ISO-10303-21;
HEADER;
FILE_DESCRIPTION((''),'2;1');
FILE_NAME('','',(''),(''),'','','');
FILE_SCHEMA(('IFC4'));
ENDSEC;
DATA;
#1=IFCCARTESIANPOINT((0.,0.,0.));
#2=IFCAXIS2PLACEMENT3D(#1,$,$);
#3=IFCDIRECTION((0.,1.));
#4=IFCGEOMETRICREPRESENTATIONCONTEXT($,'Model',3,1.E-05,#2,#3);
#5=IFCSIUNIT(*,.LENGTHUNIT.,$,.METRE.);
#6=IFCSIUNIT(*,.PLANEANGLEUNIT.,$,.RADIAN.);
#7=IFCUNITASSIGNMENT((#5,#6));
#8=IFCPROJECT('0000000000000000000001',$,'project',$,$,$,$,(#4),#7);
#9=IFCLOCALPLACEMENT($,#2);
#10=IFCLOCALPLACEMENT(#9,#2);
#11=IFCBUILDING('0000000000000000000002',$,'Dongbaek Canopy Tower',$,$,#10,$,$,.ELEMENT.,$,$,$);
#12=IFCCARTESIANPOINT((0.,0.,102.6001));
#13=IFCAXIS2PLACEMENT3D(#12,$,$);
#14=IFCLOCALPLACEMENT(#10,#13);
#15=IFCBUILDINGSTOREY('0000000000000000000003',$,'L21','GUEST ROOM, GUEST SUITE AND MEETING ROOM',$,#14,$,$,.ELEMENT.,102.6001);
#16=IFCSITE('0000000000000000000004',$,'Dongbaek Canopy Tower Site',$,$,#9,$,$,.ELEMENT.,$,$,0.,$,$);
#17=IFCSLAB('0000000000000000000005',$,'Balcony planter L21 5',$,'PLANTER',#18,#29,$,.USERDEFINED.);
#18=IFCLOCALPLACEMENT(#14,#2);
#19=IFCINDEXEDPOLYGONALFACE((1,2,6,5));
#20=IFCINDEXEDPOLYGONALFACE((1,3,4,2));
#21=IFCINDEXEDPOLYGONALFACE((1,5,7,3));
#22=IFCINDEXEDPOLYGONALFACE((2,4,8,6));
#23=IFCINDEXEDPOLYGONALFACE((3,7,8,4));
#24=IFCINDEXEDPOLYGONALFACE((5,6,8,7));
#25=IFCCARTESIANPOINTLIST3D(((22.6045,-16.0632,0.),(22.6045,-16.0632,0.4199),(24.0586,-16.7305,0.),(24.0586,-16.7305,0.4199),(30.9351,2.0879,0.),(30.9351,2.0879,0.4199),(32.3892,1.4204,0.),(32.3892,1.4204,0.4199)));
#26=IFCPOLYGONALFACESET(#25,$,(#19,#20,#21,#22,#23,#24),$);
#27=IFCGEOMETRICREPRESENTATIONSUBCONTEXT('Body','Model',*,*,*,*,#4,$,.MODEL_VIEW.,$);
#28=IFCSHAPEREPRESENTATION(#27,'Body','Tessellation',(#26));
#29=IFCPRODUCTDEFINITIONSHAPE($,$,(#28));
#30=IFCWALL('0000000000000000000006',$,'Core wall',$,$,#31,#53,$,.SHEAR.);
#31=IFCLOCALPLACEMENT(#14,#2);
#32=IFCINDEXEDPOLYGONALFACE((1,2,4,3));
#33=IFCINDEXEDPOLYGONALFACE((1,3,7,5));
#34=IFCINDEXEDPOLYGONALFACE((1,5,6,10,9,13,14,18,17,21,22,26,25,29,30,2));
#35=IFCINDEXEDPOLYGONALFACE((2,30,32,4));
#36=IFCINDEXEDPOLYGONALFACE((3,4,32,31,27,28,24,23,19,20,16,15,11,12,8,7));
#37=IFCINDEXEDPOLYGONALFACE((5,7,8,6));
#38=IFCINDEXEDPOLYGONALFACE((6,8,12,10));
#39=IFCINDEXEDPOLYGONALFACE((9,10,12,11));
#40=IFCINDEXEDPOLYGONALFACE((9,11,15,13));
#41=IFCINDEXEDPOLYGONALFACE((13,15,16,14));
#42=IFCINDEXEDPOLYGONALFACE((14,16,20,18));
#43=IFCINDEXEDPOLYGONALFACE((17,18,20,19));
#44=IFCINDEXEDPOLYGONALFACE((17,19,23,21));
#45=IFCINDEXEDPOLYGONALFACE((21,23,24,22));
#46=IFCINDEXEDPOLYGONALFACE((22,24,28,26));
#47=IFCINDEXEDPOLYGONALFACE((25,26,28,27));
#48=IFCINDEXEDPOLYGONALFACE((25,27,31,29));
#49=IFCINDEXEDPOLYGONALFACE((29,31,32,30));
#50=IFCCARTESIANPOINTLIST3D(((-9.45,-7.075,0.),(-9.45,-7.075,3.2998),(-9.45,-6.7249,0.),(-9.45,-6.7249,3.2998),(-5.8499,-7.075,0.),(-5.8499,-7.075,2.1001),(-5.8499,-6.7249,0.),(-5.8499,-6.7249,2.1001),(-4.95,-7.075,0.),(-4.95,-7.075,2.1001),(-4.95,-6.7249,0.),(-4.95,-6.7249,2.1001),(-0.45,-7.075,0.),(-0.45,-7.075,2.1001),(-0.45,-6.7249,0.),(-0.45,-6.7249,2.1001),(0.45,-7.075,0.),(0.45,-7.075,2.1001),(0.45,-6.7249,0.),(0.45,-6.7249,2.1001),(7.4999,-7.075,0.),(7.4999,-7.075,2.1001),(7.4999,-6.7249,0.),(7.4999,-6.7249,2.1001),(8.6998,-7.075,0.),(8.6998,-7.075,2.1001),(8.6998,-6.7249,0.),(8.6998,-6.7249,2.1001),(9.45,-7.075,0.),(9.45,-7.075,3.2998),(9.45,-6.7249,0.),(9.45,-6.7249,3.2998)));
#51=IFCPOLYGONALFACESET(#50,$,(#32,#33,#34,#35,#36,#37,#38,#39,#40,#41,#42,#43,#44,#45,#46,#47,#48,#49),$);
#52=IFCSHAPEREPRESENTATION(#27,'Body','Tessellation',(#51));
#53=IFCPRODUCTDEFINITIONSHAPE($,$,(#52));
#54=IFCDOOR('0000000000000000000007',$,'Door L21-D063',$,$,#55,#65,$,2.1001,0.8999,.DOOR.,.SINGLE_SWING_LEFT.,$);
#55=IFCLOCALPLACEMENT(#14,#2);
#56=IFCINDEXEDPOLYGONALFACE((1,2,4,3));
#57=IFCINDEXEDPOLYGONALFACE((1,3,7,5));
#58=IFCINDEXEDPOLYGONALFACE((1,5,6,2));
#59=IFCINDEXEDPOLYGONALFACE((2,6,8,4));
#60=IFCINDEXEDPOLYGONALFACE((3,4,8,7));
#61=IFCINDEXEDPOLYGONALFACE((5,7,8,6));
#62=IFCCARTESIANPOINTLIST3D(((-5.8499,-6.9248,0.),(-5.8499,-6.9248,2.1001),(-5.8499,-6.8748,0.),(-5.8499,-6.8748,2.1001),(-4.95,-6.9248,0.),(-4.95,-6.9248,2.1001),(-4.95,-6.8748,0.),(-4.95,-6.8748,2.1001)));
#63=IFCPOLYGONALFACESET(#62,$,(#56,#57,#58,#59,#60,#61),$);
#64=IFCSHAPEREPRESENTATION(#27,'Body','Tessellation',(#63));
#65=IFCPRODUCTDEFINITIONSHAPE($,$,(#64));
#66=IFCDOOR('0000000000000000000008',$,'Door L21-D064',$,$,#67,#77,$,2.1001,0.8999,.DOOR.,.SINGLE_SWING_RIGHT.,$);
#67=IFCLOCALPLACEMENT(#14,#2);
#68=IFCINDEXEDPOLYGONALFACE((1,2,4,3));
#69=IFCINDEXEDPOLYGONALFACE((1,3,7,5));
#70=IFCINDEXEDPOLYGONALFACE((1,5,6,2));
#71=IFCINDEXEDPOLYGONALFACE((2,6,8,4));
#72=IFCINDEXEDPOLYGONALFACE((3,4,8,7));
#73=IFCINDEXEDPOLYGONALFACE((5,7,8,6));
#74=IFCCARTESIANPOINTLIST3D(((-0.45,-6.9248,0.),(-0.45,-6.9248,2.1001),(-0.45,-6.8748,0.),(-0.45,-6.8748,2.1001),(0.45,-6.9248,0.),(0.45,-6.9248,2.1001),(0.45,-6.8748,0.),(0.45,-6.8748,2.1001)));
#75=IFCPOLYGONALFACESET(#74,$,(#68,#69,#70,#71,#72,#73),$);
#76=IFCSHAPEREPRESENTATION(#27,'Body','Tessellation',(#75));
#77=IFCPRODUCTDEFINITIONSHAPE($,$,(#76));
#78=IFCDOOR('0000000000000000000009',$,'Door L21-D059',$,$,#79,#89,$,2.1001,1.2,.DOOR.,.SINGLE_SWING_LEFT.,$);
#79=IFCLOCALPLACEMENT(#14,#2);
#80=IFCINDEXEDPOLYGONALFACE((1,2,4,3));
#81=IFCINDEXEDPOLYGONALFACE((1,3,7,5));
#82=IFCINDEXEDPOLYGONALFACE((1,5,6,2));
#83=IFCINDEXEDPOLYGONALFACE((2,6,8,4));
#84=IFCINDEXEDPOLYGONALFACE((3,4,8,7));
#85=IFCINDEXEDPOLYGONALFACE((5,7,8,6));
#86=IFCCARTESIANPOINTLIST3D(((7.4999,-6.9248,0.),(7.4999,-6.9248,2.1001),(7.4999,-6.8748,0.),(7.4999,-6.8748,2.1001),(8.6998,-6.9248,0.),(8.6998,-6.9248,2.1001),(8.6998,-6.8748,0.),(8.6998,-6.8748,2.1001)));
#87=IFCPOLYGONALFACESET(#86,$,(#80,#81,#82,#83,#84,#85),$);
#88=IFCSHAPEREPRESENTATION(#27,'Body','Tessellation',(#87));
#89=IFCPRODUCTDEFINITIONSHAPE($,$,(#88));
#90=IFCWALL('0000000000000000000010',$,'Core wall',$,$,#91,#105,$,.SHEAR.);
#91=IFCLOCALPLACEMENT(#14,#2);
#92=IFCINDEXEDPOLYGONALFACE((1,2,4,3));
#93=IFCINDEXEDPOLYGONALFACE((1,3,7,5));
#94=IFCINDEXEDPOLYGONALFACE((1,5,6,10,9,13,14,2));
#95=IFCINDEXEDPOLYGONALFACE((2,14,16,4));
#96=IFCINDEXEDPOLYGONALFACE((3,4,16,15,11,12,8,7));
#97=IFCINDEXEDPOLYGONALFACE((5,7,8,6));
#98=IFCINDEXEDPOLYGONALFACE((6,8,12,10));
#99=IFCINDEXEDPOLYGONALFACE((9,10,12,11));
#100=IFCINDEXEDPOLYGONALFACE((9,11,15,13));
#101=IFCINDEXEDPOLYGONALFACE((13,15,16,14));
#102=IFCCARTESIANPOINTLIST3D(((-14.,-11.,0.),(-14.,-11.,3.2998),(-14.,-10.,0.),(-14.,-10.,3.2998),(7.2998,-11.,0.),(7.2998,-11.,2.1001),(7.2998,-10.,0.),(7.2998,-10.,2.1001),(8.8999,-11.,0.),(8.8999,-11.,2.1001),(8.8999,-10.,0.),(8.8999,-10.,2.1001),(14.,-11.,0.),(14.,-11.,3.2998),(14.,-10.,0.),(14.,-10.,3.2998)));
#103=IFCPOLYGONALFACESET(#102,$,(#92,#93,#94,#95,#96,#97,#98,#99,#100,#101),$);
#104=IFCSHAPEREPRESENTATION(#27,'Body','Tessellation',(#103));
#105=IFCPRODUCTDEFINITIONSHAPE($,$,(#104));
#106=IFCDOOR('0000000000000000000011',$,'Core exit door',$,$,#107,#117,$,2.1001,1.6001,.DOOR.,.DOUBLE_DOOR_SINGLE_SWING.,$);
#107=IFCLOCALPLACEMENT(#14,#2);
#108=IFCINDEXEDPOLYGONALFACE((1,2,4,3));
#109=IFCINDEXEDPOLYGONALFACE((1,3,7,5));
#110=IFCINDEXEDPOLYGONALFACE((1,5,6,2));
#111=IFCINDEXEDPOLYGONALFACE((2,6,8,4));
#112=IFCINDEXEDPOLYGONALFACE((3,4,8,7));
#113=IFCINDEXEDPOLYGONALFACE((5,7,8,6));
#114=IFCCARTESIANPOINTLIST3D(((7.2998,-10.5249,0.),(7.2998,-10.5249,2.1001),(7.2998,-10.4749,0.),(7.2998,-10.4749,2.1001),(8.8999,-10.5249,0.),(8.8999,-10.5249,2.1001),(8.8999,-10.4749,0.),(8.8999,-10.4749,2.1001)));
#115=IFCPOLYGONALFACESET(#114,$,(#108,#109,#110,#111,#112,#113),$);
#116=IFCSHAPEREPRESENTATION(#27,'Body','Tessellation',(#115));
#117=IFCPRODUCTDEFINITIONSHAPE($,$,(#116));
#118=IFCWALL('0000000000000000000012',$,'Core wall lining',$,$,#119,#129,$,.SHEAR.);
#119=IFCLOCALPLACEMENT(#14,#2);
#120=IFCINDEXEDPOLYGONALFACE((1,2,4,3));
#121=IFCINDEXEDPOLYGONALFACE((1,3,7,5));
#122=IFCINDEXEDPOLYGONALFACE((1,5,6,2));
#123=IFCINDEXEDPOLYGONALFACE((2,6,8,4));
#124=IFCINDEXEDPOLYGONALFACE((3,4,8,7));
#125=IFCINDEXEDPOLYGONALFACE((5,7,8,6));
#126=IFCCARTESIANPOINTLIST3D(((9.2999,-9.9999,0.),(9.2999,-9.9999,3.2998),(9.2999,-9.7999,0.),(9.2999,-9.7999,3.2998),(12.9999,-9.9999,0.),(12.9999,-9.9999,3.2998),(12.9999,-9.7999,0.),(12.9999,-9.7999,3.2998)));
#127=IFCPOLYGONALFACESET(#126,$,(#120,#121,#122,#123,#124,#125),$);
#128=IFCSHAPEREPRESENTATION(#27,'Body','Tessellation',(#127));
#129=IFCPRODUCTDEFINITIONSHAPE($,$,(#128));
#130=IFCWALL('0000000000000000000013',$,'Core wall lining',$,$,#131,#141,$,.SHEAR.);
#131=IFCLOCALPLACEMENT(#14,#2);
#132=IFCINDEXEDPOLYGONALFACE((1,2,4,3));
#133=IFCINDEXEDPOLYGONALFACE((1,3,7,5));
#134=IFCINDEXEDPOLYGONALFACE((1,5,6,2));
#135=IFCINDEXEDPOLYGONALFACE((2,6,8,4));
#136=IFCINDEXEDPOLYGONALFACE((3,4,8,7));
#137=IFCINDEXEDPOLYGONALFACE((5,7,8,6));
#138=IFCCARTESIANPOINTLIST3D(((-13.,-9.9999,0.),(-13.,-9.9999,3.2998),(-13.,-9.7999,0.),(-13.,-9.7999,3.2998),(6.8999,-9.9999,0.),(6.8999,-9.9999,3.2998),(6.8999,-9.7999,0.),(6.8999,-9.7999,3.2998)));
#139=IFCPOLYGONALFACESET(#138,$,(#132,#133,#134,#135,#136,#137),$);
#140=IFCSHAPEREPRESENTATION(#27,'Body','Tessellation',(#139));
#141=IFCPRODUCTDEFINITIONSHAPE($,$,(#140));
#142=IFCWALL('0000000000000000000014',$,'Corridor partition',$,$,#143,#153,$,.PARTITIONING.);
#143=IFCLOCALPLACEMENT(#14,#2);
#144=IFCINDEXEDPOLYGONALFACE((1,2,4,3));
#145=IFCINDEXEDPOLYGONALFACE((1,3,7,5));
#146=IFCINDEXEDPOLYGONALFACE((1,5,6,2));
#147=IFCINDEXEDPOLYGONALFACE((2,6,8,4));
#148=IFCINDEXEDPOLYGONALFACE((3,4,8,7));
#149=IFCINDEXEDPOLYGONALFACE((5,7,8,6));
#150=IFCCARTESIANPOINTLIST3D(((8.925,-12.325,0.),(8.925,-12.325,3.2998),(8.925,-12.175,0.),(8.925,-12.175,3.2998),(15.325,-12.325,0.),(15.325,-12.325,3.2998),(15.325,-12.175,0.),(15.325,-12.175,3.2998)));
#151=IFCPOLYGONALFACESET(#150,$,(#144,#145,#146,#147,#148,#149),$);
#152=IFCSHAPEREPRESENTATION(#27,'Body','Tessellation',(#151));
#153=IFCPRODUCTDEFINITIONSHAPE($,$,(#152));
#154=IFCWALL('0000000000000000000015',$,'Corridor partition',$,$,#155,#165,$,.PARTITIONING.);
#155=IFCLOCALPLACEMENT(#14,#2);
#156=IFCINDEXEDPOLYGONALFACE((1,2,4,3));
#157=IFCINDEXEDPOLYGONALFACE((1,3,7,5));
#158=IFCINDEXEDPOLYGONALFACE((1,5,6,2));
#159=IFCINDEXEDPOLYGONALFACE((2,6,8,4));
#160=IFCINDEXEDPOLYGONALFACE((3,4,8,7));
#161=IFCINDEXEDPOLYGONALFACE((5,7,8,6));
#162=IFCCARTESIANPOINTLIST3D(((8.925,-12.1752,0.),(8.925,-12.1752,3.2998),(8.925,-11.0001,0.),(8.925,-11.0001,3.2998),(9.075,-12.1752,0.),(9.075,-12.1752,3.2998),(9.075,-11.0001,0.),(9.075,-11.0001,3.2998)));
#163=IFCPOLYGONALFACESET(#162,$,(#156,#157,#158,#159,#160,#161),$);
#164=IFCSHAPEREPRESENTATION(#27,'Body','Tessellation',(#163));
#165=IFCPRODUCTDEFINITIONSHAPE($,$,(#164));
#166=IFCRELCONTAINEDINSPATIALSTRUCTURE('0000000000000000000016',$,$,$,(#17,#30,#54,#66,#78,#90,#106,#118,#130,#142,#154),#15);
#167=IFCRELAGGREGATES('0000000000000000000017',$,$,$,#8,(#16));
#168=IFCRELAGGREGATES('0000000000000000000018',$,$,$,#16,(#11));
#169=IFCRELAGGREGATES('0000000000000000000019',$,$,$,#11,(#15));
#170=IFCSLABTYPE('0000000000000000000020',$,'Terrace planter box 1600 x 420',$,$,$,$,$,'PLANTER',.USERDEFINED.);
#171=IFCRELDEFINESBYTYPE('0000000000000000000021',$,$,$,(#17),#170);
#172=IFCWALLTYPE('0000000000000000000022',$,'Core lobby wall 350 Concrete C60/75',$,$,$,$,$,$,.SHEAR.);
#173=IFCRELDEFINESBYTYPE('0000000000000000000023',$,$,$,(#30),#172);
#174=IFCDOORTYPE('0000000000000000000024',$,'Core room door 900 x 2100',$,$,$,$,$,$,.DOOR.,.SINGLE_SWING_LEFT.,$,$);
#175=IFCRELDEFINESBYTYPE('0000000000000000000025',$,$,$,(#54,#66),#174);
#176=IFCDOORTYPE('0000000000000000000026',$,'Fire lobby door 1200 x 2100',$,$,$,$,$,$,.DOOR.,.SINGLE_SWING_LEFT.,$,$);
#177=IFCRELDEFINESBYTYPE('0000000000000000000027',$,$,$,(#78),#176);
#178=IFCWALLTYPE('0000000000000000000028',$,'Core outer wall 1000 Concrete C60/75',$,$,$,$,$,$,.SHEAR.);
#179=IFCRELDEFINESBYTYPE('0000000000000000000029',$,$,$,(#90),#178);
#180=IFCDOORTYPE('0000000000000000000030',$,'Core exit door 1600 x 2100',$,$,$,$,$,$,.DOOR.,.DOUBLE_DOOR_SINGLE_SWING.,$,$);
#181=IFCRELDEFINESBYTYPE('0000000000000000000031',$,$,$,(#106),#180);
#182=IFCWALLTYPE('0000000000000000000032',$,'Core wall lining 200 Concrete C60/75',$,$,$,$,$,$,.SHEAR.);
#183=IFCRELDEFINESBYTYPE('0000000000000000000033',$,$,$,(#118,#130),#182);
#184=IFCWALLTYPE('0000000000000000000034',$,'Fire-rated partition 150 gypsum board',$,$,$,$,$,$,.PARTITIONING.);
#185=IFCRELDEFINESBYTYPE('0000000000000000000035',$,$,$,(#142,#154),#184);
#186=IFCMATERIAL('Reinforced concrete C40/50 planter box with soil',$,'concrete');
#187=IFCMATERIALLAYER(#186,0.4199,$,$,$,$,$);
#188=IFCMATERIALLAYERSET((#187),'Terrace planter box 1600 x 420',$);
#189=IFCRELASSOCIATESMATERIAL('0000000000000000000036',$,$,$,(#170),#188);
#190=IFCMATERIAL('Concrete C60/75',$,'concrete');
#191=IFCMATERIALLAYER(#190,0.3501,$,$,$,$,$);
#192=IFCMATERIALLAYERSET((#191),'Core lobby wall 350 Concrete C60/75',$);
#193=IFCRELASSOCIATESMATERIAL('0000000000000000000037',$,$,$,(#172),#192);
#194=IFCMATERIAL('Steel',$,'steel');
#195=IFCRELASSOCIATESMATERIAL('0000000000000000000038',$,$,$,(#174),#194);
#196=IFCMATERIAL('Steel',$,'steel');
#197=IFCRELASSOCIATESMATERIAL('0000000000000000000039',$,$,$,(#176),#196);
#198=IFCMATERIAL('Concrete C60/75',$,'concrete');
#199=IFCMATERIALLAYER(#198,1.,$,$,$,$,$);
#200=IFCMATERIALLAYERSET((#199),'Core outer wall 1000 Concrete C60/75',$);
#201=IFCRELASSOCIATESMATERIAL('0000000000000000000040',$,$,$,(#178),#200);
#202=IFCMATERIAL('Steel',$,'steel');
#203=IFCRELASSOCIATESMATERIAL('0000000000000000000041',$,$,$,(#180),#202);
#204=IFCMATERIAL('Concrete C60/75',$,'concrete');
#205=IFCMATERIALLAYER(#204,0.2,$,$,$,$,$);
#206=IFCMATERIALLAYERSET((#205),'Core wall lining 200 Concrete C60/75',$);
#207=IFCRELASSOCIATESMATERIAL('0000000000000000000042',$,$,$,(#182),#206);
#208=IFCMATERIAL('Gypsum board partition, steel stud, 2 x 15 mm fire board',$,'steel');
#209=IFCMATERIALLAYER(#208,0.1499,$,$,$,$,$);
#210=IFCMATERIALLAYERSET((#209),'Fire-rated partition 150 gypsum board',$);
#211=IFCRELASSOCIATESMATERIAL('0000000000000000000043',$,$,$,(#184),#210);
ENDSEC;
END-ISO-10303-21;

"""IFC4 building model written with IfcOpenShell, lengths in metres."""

from ifc_helpers import new_model, si_unit, direction, frame, frame_2d, origin, place, context, subcontext, project, spatial, polyline, rectangle, outline, extrude, material, layer, layer_set, type_object, element, fill, save


model = new_model("IFC4")

# Units and contexts
model_context = context("Model", 3, precision=1e-05, world=origin(), true_north=direction((0.0, 1.0)))
body_context = subcontext(model_context, "Body", "Model", "MODEL_VIEW")
ifc_project = project(units=[si_unit("LENGTHUNIT", "METRE"), si_unit("PLANEANGLEUNIT", "RADIAN")], contexts=[model_context])

# Site, building, storey
site_placement = place(None, origin())
site = spatial("IfcSite", under=ifc_project, at=site_placement, Name="Dongbaek Canopy Tower Site", CompositionType="ELEMENT", RefElevation=0.0)
building_placement = place(site_placement, origin())
building = spatial("IfcBuilding", under=site, at=building_placement, Name="Dongbaek Canopy Tower", CompositionType="ELEMENT")
storey_placement = place(building_placement, frame((0.0, 0.0, 102.6001)))
storey = spatial("IfcBuildingStorey", under=building, at=storey_placement, Name="L21", Description="GUEST ROOM, GUEST SUITE AND MEETING ROOM", CompositionType="ELEMENT", Elevation=102.6001)

# Slab
ifc_material_1 = material(Name="Reinforced concrete C40/50 planter box with soil", Category="concrete")
ifc_layer_1 = layer(ifc_material_1, 0.4199)
ifc_layer_set_1 = layer_set([ifc_layer_1], Name="Terrace planter box 1600 x 420")
slab_type = type_object("IfcSlabType", Name="Terrace planter box 1600 x 420", ElementType="PLANTER", PredefinedType="USERDEFINED", material=ifc_layer_set_1)
slab_placement = place(storey_placement, origin())
element("IfcSlab", 1, at=slab_placement, inside=storey, type_object=slab_type, Name="Balcony planter L21 5", ObjectType="PLANTER", PredefinedType="USERDEFINED", context=body_context, shape_type="SweptSolid", body=[
    extrude(outline(polyline([(22.6045, -16.0632), (30.9351, 2.0879), (32.3892, 1.4204), (24.0586, -16.7305), (22.6045, -16.0632)])), origin(), (0.0, 0.0, 1.0), 0.4199),
])

# Wall, openings, doors
ifc_material_2 = material(Name="Concrete C60/75", Category="concrete")
ifc_layer_2 = layer(ifc_material_2, 0.3501)
ifc_layer_set_2 = layer_set([ifc_layer_2], Name="Core lobby wall 350 Concrete C60/75")
wall_type_1 = type_object("IfcWallType", Name="Core lobby wall 350 Concrete C60/75", PredefinedType="SHEAR", material=ifc_layer_set_2)
wall_1_placement = place(storey_placement, frame((9.45, -6.8999, 0.0), z_axis=(0.0, 0.0, 1.0), x_axis=(-1.0, 0.0, 0.0)))
wall_1 = element("IfcWall", 2, at=wall_1_placement, inside=storey, type_object=wall_type_1, Name="Core wall", PredefinedType="SHEAR", context=body_context, shape_type="SweptSolid", body=[
    extrude(rectangle(XDim=18.8999, YDim=0.3501, at=frame_2d((9.45, 0.0))), origin(), (0.0, 0.0, 1.0), 3.2998),
])
opening_1_placement = place(wall_1_placement, frame((0.75, 0.0, 0.0)))
opening_1 = element("IfcOpeningElement", 3, at=opening_1_placement, cuts=wall_1, PredefinedType="OPENING", context=body_context, shape_type="SweptSolid", body=[
    extrude(rectangle(XDim=1.2, YDim=2.1001, at=frame_2d((0.6001, 1.05))), frame((0.0, 0.1851, 0.0), z_axis=(0.0, -1.0, 0.0), x_axis=(1.0, 0.0, 0.0)), (0.0, 0.0, 1.0), 0.3701),
])
opening_2_placement = place(wall_1_placement, frame((14.3999, 0.0, 0.0)))
opening_2 = element("IfcOpeningElement", 4, at=opening_2_placement, cuts=wall_1, PredefinedType="OPENING", context=body_context, shape_type="SweptSolid", body=[
    extrude(rectangle(XDim=0.8999, YDim=2.1001, at=frame_2d((0.45, 1.05))), frame((0.0, 0.1851, 0.0), z_axis=(0.0, -1.0, 0.0), x_axis=(1.0, 0.0, 0.0)), (0.0, 0.0, 1.0), 0.3701),
])
opening_3_placement = place(wall_1_placement, frame((9.0, 0.0, 0.0)))
opening_3 = element("IfcOpeningElement", 5, at=opening_3_placement, cuts=wall_1, PredefinedType="OPENING", context=body_context, shape_type="SweptSolid", body=[
    extrude(rectangle(XDim=0.8999, YDim=2.1001, at=frame_2d((0.45, 1.05))), frame((0.0, 0.1851, 0.0), z_axis=(0.0, -1.0, 0.0), x_axis=(1.0, 0.0, 0.0)), (0.0, 0.0, 1.0), 0.3701),
])
ifc_material_3 = material(Name="Steel", Category="steel")
door_type_1 = type_object("IfcDoorType", Name="Core room door 900 x 2100", OperationType="SINGLE_SWING_LEFT", PredefinedType="DOOR", material=ifc_material_3)
door_1_placement = place(opening_2_placement, origin())
door_1 = element("IfcDoor", 6, at=door_1_placement, inside=storey, type_object=door_type_1, Name="Door L21-D063", OperationType="SINGLE_SWING_LEFT", OverallHeight=2.1001, OverallWidth=0.8999, PredefinedType="DOOR", context=body_context, shape_type="SweptSolid", body=[
    extrude(rectangle(XDim=0.8999, YDim=2.1001, at=frame_2d((0.45, 1.05))), frame((0.0, 0.0249, 0.0), z_axis=(0.0, -1.0, 0.0), x_axis=(1.0, 0.0, 0.0)), (0.0, 0.0, 1.0), 0.05),
])
fill(opening_2, door_1)
door_2_placement = place(opening_3_placement, origin())
door_2 = element("IfcDoor", 7, at=door_2_placement, inside=storey, type_object=door_type_1, Name="Door L21-D064", OperationType="SINGLE_SWING_RIGHT", OverallHeight=2.1001, OverallWidth=0.8999, PredefinedType="DOOR", context=body_context, shape_type="SweptSolid", body=[
    extrude(rectangle(XDim=0.8999, YDim=2.1001, at=frame_2d((0.45, 1.05))), frame((0.0, 0.0249, 0.0), z_axis=(0.0, -1.0, 0.0), x_axis=(1.0, 0.0, 0.0)), (0.0, 0.0, 1.0), 0.05),
])
fill(opening_3, door_2)
ifc_material_4 = material(Name="Steel", Category="steel")
door_type_2 = type_object("IfcDoorType", Name="Fire lobby door 1200 x 2100", OperationType="SINGLE_SWING_LEFT", PredefinedType="DOOR", material=ifc_material_4)
door_3_placement = place(opening_1_placement, origin())
door_3 = element("IfcDoor", 8, at=door_3_placement, inside=storey, type_object=door_type_2, Name="Door L21-D059", OperationType="SINGLE_SWING_LEFT", OverallHeight=2.1001, OverallWidth=1.2, PredefinedType="DOOR", context=body_context, shape_type="SweptSolid", body=[
    extrude(rectangle(XDim=1.2, YDim=2.1001, at=frame_2d((0.6001, 1.05))), frame((0.0, 0.0249, 0.0), z_axis=(0.0, -1.0, 0.0), x_axis=(1.0, 0.0, 0.0)), (0.0, 0.0, 1.0), 0.05),
])
fill(opening_1, door_3)

# Wall, opening, door
ifc_material_5 = material(Name="Concrete C60/75", Category="concrete")
ifc_layer_3 = layer(ifc_material_5, 1.0)
ifc_layer_set_3 = layer_set([ifc_layer_3], Name="Core outer wall 1000 Concrete C60/75")
wall_type_2 = type_object("IfcWallType", Name="Core outer wall 1000 Concrete C60/75", PredefinedType="SHEAR", material=ifc_layer_set_3)
wall_2_placement = place(storey_placement, frame((14.0, -10.5, 0.0), z_axis=(0.0, 0.0, 1.0), x_axis=(-1.0, 0.0, 0.0)))
wall_2 = element("IfcWall", 9, at=wall_2_placement, inside=storey, type_object=wall_type_2, Name="Core wall", PredefinedType="SHEAR", context=body_context, shape_type="SweptSolid", body=[
    extrude(rectangle(XDim=28.0, YDim=1.0, at=frame_2d((14.0, 0.0))), origin(), (0.0, 0.0, 1.0), 3.2998),
])
opening_4_placement = place(wall_2_placement, frame((5.1001, 0.0, 0.0)))
opening_4 = element("IfcOpeningElement", 10, at=opening_4_placement, cuts=wall_2, PredefinedType="OPENING", context=body_context, shape_type="SweptSolid", body=[
    extrude(rectangle(XDim=1.6001, YDim=2.1001, at=frame_2d((0.8, 1.05))), frame((0.0, 0.51, 0.0), z_axis=(0.0, -1.0, 0.0), x_axis=(1.0, 0.0, 0.0)), (0.0, 0.0, 1.0), 1.02),
])
ifc_material_6 = material(Name="Steel", Category="steel")
door_type_3 = type_object("IfcDoorType", Name="Core exit door 1600 x 2100", OperationType="DOUBLE_DOOR_SINGLE_SWING", PredefinedType="DOOR", material=ifc_material_6)
door_4_placement = place(opening_4_placement, origin())
door_4 = element("IfcDoor", 11, at=door_4_placement, inside=storey, type_object=door_type_3, Name="Core exit door", OperationType="DOUBLE_DOOR_SINGLE_SWING", OverallHeight=2.1001, OverallWidth=1.6001, PredefinedType="DOOR", context=body_context, shape_type="SweptSolid", body=[
    extrude(rectangle(XDim=1.6001, YDim=2.1001, at=frame_2d((0.8, 1.05))), frame((0.0, 0.0249, 0.0), z_axis=(0.0, -1.0, 0.0), x_axis=(1.0, 0.0, 0.0)), (0.0, 0.0, 1.0), 0.05),
])
fill(opening_4, door_4)

# Walls
ifc_material_7 = material(Name="Concrete C60/75", Category="concrete")
ifc_layer_4 = layer(ifc_material_7, 0.2)
ifc_layer_set_4 = layer_set([ifc_layer_4], Name="Core wall lining 200 Concrete C60/75")
wall_type_3 = type_object("IfcWallType", Name="Core wall lining 200 Concrete C60/75", PredefinedType="SHEAR", material=ifc_layer_set_4)
wall_3_placement = place(storey_placement, frame((13.0, -9.8999, 0.0), z_axis=(0.0, 0.0, 1.0), x_axis=(-1.0, 0.0, 0.0)))
element("IfcWall", 12, at=wall_3_placement, inside=storey, type_object=wall_type_3, Name="Core wall lining", PredefinedType="SHEAR", context=body_context, shape_type="SweptSolid", body=[
    extrude(rectangle(XDim=3.7, YDim=0.2, at=frame_2d((1.8501, 0.0))), origin(), (0.0, 0.0, 1.0), 3.2998),
])
wall_4_placement = place(storey_placement, frame((6.8999, -9.8999, 0.0), z_axis=(0.0, 0.0, 1.0), x_axis=(-1.0, 0.0, 0.0)))
element("IfcWall", 13, at=wall_4_placement, inside=storey, type_object=wall_type_3, Name="Core wall lining", PredefinedType="SHEAR", context=body_context, shape_type="SweptSolid", body=[
    extrude(rectangle(XDim=19.8999, YDim=0.2, at=frame_2d((9.95, 0.0))), origin(), (0.0, 0.0, 1.0), 3.2998),
])
ifc_material_8 = material(Name="Gypsum board partition, steel stud, 2 x 15 mm fire board", Category="steel")
ifc_layer_5 = layer(ifc_material_8, 0.1499)
ifc_layer_set_5 = layer_set([ifc_layer_5], Name="Fire-rated partition 150 gypsum board")
wall_type_4 = type_object("IfcWallType", Name="Fire-rated partition 150 gypsum board", PredefinedType="PARTITIONING", material=ifc_layer_set_5)
wall_5_placement = place(storey_placement, frame((8.925, -12.25, 0.0), z_axis=(0.0, 0.0, 1.0), x_axis=(1.0, 0.0, 0.0)))
element("IfcWall", 14, at=wall_5_placement, inside=storey, type_object=wall_type_4, Name="Corridor partition", PredefinedType="PARTITIONING", context=body_context, shape_type="SweptSolid", body=[
    extrude(rectangle(XDim=6.3999, YDim=0.1499, at=frame_2d((3.2, 0.0))), origin(), (0.0, 0.0, 1.0), 3.2998),
])
for number, where, z_axis, x_axis, name in (
    (15, (9.0, -12.175, 0.0), (0.0, 0.0, 1.0), (0.0, 1.0, 0.0), "Corridor partition"),
):
    element("IfcWall", number, at=place(storey_placement, frame(where, z_axis=z_axis, x_axis=x_axis)), inside=storey, type_object=wall_type_4, Name=name, PredefinedType="PARTITIONING", context=body_context, shape_type="SweptSolid", body=[
        extrude(rectangle(XDim=1.175, YDim=0.1499, at=frame_2d((0.5874, 0.0))), origin(), (0.0, 0.0, 1.0), 3.2998),
    ])

save(model, "model.ifc")
